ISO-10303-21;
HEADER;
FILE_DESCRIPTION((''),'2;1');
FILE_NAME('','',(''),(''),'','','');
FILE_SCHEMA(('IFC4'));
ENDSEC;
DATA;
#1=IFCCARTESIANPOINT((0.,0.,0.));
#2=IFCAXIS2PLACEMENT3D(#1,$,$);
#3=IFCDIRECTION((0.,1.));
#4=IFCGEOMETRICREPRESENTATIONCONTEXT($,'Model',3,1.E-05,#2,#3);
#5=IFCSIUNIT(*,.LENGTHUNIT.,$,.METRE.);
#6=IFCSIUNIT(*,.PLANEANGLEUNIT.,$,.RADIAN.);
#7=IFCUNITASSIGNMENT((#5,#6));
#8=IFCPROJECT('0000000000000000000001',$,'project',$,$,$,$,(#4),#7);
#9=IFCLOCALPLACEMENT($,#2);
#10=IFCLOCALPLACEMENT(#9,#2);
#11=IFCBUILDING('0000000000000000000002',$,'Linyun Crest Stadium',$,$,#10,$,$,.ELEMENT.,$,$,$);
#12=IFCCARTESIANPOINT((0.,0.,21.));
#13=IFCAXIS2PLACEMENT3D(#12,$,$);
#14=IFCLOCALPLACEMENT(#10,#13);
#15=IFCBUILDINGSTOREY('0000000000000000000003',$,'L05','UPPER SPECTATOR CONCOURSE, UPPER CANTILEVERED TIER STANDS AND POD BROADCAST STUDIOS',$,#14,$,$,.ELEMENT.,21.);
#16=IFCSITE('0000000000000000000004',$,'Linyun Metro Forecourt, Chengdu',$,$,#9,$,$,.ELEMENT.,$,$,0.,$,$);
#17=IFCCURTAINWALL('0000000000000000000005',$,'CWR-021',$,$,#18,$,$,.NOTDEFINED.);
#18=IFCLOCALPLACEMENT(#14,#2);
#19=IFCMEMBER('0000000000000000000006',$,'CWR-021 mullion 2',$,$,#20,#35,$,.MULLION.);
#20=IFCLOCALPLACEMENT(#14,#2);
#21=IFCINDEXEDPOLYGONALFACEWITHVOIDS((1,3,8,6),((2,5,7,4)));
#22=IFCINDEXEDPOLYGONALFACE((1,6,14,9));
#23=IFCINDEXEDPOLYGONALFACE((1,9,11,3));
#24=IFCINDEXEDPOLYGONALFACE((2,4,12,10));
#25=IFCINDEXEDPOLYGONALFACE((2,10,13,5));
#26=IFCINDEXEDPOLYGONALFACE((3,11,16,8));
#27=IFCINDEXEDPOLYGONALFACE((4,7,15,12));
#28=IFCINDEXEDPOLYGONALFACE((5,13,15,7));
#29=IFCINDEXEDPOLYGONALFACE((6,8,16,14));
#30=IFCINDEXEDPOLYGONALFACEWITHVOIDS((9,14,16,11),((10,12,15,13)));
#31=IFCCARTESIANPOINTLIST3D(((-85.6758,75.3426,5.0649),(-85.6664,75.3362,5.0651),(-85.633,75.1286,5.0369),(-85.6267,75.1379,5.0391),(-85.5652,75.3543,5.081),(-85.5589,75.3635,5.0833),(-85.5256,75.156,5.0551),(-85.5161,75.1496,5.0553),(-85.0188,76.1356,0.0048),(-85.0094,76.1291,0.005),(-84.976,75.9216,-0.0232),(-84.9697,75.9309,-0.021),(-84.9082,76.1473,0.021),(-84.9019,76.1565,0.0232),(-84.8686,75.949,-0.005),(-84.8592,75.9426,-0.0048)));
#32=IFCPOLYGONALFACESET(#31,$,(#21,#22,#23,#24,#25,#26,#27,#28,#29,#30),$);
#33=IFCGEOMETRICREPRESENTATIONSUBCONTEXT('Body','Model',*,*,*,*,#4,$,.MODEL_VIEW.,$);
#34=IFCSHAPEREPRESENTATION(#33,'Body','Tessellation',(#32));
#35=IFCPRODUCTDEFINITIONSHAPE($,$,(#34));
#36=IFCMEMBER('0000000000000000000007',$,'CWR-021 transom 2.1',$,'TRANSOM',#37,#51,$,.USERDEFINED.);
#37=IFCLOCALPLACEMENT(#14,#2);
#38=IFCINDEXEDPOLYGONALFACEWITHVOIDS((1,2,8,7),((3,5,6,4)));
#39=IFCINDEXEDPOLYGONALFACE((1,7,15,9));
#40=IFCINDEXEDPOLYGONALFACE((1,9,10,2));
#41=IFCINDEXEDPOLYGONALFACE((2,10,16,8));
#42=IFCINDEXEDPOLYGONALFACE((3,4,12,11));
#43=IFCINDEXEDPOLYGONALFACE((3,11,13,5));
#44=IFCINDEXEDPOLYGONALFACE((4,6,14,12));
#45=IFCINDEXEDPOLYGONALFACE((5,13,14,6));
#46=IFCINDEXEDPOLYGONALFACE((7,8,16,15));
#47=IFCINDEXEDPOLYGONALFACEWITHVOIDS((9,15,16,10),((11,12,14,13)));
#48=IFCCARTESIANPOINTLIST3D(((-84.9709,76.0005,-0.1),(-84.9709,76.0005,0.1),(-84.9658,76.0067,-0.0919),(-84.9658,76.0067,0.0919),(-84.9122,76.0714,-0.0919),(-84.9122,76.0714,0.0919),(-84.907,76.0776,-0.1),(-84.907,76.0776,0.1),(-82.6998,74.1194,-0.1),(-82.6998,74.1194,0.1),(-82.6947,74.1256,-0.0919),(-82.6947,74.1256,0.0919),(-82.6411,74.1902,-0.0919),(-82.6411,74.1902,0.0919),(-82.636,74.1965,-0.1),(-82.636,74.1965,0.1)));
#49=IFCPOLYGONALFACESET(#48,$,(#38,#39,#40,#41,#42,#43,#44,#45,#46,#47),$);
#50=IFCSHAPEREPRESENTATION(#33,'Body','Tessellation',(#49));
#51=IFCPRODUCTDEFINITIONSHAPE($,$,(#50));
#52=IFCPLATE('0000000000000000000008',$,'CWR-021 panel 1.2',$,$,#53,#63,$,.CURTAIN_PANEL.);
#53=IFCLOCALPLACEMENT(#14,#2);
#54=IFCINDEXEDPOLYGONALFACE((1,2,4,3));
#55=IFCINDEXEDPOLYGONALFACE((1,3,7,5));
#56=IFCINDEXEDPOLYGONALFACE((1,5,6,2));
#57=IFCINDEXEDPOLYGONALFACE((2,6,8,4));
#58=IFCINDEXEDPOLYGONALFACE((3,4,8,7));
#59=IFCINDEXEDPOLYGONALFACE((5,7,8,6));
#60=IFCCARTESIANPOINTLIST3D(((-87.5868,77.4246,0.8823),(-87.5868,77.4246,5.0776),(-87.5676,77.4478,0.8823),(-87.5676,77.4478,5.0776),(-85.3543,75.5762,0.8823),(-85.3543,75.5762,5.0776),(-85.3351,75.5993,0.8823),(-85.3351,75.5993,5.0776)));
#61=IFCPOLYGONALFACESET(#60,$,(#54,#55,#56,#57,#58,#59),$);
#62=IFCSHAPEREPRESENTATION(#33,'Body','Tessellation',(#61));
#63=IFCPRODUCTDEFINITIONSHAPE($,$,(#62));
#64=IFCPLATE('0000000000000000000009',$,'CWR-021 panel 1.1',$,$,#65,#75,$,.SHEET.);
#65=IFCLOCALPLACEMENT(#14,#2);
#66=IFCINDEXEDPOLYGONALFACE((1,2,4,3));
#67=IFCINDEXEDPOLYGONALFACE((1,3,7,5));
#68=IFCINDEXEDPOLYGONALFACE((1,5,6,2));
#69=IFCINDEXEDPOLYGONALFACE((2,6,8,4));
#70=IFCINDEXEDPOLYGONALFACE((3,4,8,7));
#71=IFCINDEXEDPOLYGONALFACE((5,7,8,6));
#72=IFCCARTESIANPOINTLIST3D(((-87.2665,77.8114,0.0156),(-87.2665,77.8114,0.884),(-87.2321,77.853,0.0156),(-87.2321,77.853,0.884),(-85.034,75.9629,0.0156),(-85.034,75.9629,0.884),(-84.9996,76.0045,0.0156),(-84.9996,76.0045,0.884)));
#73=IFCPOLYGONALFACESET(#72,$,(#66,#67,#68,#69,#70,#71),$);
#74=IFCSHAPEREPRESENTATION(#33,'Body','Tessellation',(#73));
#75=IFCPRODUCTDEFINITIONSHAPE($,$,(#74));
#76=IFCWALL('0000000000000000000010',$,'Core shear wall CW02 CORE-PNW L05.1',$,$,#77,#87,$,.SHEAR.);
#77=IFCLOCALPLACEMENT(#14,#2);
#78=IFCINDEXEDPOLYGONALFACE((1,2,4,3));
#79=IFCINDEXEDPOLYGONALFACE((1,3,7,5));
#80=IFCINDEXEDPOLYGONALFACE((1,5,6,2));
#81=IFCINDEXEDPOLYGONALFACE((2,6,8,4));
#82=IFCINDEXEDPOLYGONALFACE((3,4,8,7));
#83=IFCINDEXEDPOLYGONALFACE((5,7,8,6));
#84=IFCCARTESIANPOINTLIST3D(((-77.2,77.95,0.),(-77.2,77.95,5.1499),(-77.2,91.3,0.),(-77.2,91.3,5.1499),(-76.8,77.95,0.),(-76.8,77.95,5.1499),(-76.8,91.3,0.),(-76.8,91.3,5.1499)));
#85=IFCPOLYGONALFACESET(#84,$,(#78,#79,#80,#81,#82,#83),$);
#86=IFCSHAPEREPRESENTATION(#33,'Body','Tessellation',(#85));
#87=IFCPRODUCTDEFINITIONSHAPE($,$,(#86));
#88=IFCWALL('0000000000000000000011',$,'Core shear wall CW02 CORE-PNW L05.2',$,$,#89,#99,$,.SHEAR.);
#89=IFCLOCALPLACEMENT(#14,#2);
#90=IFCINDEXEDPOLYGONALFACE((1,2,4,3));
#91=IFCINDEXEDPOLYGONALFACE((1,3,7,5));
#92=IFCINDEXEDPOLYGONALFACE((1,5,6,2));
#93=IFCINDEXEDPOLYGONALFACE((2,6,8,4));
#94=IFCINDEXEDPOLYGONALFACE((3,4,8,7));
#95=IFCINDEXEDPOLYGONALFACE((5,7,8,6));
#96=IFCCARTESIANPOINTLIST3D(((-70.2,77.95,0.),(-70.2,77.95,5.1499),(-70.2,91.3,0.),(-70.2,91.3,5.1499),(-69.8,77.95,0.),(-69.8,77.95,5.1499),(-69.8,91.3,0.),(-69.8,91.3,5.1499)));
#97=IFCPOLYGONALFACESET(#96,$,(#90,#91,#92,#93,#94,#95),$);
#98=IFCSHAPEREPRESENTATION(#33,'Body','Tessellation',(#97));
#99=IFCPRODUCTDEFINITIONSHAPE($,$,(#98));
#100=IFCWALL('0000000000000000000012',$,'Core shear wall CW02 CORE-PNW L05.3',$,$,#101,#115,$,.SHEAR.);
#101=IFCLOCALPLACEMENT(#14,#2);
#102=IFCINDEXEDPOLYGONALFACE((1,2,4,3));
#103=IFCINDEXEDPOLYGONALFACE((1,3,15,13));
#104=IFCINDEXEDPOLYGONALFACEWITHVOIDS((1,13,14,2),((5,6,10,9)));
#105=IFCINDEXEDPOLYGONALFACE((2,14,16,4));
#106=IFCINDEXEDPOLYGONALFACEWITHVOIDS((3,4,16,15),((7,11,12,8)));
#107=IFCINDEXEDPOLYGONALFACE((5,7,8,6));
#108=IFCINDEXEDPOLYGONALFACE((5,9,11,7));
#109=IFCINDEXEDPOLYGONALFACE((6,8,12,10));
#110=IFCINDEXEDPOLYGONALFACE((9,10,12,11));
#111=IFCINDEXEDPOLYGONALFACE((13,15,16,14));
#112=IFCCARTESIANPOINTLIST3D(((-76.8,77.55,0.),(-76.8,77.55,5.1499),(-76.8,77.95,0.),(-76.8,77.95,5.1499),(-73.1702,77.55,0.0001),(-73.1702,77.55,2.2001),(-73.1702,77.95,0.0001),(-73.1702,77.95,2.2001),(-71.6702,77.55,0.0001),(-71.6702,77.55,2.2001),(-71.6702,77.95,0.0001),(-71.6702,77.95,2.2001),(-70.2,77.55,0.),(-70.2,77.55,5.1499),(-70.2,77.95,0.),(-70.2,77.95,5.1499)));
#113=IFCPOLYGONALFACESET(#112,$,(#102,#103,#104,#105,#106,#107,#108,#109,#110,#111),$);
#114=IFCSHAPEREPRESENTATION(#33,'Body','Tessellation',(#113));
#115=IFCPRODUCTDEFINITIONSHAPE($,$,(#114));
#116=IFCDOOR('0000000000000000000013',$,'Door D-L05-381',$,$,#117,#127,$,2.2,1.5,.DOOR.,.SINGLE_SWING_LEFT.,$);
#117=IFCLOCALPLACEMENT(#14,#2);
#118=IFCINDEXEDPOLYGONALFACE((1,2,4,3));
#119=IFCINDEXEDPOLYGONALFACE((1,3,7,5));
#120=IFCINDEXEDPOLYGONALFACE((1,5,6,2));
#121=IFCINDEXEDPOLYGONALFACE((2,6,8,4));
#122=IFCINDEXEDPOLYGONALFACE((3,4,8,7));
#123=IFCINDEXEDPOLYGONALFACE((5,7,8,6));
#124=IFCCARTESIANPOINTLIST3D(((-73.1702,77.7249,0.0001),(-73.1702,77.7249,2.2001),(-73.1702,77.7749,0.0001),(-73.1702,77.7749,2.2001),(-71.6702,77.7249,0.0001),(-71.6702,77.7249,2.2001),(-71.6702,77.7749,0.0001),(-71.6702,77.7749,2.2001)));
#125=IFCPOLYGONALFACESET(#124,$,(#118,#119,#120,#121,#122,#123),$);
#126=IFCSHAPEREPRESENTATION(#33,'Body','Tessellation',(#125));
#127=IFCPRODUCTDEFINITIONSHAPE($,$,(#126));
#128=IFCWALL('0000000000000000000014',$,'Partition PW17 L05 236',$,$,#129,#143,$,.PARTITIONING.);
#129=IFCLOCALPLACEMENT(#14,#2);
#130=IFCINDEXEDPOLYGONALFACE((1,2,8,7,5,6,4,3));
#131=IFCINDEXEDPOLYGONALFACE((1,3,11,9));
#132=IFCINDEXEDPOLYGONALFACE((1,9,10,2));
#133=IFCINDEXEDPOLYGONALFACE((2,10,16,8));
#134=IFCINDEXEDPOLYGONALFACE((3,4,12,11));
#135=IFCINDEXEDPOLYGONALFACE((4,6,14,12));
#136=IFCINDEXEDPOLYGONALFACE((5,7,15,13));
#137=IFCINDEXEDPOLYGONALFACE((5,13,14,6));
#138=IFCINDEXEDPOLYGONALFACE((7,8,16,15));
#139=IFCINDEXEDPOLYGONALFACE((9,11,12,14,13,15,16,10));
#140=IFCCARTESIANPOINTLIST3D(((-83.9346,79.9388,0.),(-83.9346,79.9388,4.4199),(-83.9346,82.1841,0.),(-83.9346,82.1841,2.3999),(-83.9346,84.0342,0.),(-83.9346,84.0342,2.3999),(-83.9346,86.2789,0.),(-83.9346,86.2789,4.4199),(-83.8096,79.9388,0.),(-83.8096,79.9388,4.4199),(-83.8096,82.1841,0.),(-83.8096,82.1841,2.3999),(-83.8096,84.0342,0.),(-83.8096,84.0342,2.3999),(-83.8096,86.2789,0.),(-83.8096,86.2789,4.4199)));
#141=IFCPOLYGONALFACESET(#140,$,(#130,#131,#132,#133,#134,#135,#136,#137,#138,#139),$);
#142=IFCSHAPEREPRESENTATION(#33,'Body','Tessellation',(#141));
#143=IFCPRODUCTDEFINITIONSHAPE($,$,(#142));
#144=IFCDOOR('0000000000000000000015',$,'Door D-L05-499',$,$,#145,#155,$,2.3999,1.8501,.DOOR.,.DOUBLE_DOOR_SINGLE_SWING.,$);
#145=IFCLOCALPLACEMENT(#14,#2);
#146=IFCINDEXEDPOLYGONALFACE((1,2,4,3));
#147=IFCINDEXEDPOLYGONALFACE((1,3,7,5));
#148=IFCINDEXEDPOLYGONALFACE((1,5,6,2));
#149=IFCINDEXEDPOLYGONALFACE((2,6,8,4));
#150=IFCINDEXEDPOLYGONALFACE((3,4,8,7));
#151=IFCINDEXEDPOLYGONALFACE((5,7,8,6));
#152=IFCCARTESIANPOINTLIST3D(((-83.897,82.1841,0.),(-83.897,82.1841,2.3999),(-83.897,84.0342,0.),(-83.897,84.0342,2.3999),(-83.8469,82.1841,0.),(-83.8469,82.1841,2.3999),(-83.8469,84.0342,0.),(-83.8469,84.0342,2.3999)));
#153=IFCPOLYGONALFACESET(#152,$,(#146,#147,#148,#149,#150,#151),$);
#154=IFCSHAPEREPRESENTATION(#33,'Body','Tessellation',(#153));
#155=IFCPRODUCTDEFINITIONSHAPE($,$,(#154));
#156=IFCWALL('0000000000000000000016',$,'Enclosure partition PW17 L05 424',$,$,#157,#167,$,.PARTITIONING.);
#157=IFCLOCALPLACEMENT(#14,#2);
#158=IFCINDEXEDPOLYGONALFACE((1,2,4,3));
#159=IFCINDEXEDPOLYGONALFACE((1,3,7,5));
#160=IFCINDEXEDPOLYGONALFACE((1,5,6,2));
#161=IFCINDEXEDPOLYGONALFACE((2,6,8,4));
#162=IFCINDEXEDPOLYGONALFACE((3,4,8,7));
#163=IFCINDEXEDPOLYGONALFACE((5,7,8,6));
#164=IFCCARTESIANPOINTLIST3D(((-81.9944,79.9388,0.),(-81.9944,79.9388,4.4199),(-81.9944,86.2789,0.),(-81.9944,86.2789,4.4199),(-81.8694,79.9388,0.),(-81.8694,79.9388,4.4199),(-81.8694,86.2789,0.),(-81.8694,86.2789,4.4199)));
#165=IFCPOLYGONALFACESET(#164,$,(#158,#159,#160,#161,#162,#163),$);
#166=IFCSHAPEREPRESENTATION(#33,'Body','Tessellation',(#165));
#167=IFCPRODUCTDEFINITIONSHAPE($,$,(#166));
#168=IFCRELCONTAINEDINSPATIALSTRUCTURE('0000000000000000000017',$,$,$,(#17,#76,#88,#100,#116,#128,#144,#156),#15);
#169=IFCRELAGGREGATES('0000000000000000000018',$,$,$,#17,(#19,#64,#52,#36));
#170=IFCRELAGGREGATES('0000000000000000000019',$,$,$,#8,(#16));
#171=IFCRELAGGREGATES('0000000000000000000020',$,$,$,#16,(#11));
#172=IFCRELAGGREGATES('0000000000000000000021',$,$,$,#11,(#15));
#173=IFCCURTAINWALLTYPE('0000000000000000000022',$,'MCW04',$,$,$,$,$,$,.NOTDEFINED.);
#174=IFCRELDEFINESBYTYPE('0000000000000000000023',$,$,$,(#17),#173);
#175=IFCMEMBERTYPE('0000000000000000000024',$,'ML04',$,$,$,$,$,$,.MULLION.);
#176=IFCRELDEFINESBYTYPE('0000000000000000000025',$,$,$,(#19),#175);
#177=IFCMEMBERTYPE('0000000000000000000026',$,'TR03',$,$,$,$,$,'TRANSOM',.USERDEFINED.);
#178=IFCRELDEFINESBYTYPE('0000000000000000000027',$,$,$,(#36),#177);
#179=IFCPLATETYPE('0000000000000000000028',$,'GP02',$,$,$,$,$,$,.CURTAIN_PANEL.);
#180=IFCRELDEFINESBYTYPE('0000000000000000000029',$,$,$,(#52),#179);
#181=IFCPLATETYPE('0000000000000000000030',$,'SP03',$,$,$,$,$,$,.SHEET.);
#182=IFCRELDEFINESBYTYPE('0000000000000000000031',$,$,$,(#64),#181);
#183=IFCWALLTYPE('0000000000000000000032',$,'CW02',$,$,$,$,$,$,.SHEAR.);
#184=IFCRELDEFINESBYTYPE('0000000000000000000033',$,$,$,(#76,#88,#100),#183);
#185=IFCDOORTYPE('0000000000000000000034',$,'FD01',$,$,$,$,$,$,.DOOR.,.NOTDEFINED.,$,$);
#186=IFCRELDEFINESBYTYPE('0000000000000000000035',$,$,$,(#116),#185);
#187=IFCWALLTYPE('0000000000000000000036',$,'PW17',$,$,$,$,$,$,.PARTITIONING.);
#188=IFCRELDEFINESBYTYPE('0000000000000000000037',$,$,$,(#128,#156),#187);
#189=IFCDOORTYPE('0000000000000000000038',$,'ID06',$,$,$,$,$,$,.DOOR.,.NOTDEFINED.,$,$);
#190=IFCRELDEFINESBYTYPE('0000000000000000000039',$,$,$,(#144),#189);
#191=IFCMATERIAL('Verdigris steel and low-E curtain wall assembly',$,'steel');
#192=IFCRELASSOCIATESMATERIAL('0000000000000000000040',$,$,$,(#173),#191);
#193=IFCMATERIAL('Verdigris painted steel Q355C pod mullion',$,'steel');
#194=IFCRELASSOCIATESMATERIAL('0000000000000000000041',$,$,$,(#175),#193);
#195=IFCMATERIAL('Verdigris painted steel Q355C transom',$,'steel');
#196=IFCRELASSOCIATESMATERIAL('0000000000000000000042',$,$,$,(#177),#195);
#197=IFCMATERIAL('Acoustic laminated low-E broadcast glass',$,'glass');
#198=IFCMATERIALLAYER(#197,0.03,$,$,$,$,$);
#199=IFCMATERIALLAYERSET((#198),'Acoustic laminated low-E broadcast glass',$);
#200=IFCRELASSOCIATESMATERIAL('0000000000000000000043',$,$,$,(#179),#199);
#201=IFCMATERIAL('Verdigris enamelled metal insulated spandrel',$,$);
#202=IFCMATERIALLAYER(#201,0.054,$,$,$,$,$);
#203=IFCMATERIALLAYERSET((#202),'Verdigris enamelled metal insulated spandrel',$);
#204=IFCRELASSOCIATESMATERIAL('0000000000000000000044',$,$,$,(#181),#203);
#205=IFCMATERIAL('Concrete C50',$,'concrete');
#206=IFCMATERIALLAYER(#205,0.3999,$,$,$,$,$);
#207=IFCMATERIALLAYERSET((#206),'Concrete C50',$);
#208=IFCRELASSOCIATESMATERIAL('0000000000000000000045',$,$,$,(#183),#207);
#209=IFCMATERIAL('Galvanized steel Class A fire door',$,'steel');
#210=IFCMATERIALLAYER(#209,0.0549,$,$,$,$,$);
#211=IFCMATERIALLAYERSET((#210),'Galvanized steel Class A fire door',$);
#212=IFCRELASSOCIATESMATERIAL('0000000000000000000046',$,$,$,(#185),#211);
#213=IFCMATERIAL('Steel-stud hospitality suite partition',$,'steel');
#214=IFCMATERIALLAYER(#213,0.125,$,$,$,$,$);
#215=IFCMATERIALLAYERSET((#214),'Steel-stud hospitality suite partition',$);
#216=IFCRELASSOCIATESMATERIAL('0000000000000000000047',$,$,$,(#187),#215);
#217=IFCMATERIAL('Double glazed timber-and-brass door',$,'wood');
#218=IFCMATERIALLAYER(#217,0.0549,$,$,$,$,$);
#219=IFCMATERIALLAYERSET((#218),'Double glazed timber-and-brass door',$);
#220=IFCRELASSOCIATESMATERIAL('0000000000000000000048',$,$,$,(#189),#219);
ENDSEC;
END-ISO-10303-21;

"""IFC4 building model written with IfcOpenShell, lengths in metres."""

from ifc_helpers import new_model, si_unit, direction, frame, frame_2d, origin, origin_2d, place, context, subcontext, project, spatial, rectangle, hollow_rectangle, extrude, material, layer, layer_set, material_profile, profile_set, type_object, element, fill, aggregate, save


model = new_model("IFC4")

# Units and contexts
model_context = context("Model", 3, precision=1e-05, world=origin(), true_north=direction((0.0, 1.0)))
body_context = subcontext(model_context, "Body", "Model", "MODEL_VIEW")
ifc_project = project(units=[si_unit("LENGTHUNIT", "METRE"), si_unit("PLANEANGLEUNIT", "RADIAN")], contexts=[model_context])

# Site, building, storey
site_placement = place(None, origin())
site = spatial("IfcSite", under=ifc_project, at=site_placement, Name="Linyun Metro Forecourt, Chengdu", CompositionType="ELEMENT", RefElevation=0.0)
building_placement = place(site_placement, origin())
building = spatial("IfcBuilding", under=site, at=building_placement, Name="Linyun Crest Stadium", CompositionType="ELEMENT")
storey_placement = place(building_placement, frame((0.0, 0.0, 21.0)))
storey = spatial("IfcBuildingStorey", under=building, at=storey_placement, Name="L05", Description="UPPER SPECTATOR CONCOURSE, UPPER CANTILEVERED TIER STANDS AND POD BROADCAST STUDIOS", CompositionType="ELEMENT", Elevation=21.0)

# Curtain wall, members, plates
ifc_material_1 = material(Name="Verdigris steel and low-E curtain wall assembly", Category="steel")
curtain_wall_type = type_object("IfcCurtainWallType", Name="MCW04", PredefinedType="NOTDEFINED", material=ifc_material_1)
curtain_wall_placement = place(storey_placement, origin())
curtain_wall = element("IfcCurtainWall", 1, at=curtain_wall_placement, inside=storey, type_object=curtain_wall_type, Name="CWR-021", PredefinedType="NOTDEFINED")
ifc_material_2 = material(Name="Verdigris painted steel Q355C pod mullion", Category="steel")
ifc_material_profile_1 = material_profile(ifc_material_2, hollow_rectangle(XDim=0.1201, YDim=0.22, WallThickness=0.0081, at=origin_2d()), Name="RHS 220x120x8")
ifc_profile_set_1 = profile_set([ifc_material_profile_1], Name="Verdigris painted steel Q355C pod mullion")
member_type_1 = type_object("IfcMemberType", Name="ML04", PredefinedType="MULLION", material=ifc_profile_set_1)
member_1_placement = place(storey_placement, frame((-84.939, 76.0391, 0.0), z_axis=(-0.127229, -0.153564, 0.979914), x_axis=(0.972619, 0.174403, 0.153613)))
member_1 = element("IfcMember", 2, at=member_1_placement, type_object=member_type_1, Name="CWR-021 mullion 2", PredefinedType="MULLION", context=body_context, shape_type="SweptSolid", body=[
    extrude(hollow_rectangle(XDim=0.1201, YDim=0.22, WallThickness=0.0081, at=origin_2d()), origin(), (0.0, 0.0, 1.0), 5.1638),
])
ifc_material_3 = material(Name="Verdigris painted steel Q355C transom", Category="steel")
ifc_material_profile_2 = material_profile(ifc_material_3, hollow_rectangle(XDim=0.1001, YDim=0.2, WallThickness=0.0081, at=origin_2d()), Name="RHS 200x100x8")
ifc_profile_set_2 = profile_set([ifc_material_profile_2], Name="Verdigris painted steel Q355C transom")
member_type_2 = type_object("IfcMemberType", Name="TR03", ElementType="TRANSOM", PredefinedType="USERDEFINED", material=ifc_profile_set_2)
member_2_placement = place(storey_placement, frame((-84.939, 76.0391, 0.0), z_axis=(0.770118, -0.637901, 0.0), x_axis=(0.637901, 0.770118, 0.0)))
member_2 = element("IfcMember", 3, at=member_2_placement, type_object=member_type_2, Name="CWR-021 transom 2.1", ObjectType="TRANSOM", PredefinedType="USERDEFINED", context=body_context, shape_type="SweptSolid", body=[
    extrude(hollow_rectangle(XDim=0.1001, YDim=0.2, WallThickness=0.0081, at=origin_2d()), origin(), (0.0, 0.0, 1.0), 2.949),
])
ifc_material_4 = material(Name="Acoustic laminated low-E broadcast glass", Category="glass")
ifc_layer_1 = layer(ifc_material_4, 0.03)
ifc_layer_set_1 = layer_set([ifc_layer_1], Name="Acoustic laminated low-E broadcast glass")
plate_type_1 = type_object("IfcPlateType", Name="GP02", PredefinedType="CURTAIN_PANEL", material=ifc_layer_set_1)
plate_1_placement = place(storey_placement, frame((-86.4609, 76.512, 0.8823), z_axis=(0.0, 0.0, 1.0), x_axis=(0.770246, -0.637747, 0.0)))
plate_1 = element("IfcPlate", 4, at=plate_1_placement, type_object=plate_type_1, Name="CWR-021 panel 1.2", PredefinedType="CURTAIN_PANEL", context=body_context, shape_type="SweptSolid", body=[
    extrude(rectangle(XDim=2.8984, YDim=0.03, at=origin_2d()), origin(), (0.0, 0.0, 1.0), 4.1953),
])
ifc_material_5 = material(Name="Verdigris enamelled metal insulated spandrel")
ifc_layer_2 = layer(ifc_material_5, 0.054)
ifc_layer_set_2 = layer_set([ifc_layer_2], Name="Verdigris enamelled metal insulated spandrel")
plate_type_2 = type_object("IfcPlateType", Name="SP03", PredefinedType="SHEET", material=ifc_layer_set_2)
plate_2_placement = place(storey_placement, frame((-86.1331, 76.908, 0.0156), z_axis=(0.0, 0.0, 1.0), x_axis=(0.770246, -0.637747, 0.0)))
plate_2 = element("IfcPlate", 5, at=plate_2_placement, type_object=plate_type_2, Name="CWR-021 panel 1.1", PredefinedType="SHEET", context=body_context, shape_type="SweptSolid", body=[
    extrude(rectangle(XDim=2.8984, YDim=0.054, at=origin_2d()), origin(), (0.0, 0.0, 1.0), 0.8684),
])
aggregate(curtain_wall, [member_1, plate_2, plate_1, member_2])

# Walls
ifc_material_6 = material(Name="Concrete C50", Category="concrete")
ifc_layer_3 = layer(ifc_material_6, 0.3999)
ifc_layer_set_3 = layer_set([ifc_layer_3], Name="Concrete C50")
wall_type_1 = type_object("IfcWallType", Name="CW02", PredefinedType="SHEAR", material=ifc_layer_set_3)
for number, where, z_axis, x_axis, name in (
    (6, (-77.0, 77.95, 0.0), (0.0, 0.0, 1.0), (0.0, 1.0, 0.0), "Core shear wall CW02 CORE-PNW L05.1"),
    (7, (-70.0, 77.95, 0.0), (0.0, 0.0, 1.0), (0.0, 1.0, 0.0), "Core shear wall CW02 CORE-PNW L05.2"),
):
    element("IfcWall", number, at=place(storey_placement, frame(where, z_axis=z_axis, x_axis=x_axis)), inside=storey, type_object=wall_type_1, Name=name, PredefinedType="SHEAR", context=body_context, shape_type="SweptSolid", body=[
        extrude(rectangle(XDim=13.3501, YDim=0.3999, at=frame_2d((6.675, 0.0))), origin(), (0.0, 0.0, 1.0), 5.1499),
    ])

# Walls, openings, doors
wall_1_placement = place(storey_placement, frame((-76.8, 77.75, 0.0), z_axis=(0.0, 0.0, 1.0), x_axis=(1.0, 0.0, 0.0)))
wall_1 = element("IfcWall", 8, at=wall_1_placement, inside=storey, type_object=wall_type_1, Name="Core shear wall CW02 CORE-PNW L05.3", PredefinedType="SHEAR", context=body_context, shape_type="SweptSolid", body=[
    extrude(rectangle(XDim=6.6001, YDim=0.3999, at=frame_2d((3.3, 0.0))), origin(), (0.0, 0.0, 1.0), 5.1499),
])
opening_1_placement = place(wall_1_placement, frame((3.6299, 0.0, 0.0)))
opening_1 = element("IfcOpeningElement", 9, at=opening_1_placement, cuts=wall_1, PredefinedType="OPENING", context=body_context, shape_type="SweptSolid", body=[
    extrude(rectangle(XDim=1.5, YDim=2.2, at=frame_2d((0.75, 1.1001))), frame((0.0, 0.21, 0.0), z_axis=(0.0, -1.0, 0.0), x_axis=(1.0, 0.0, 0.0)), (0.0, 0.0, 1.0), 0.4199),
])
ifc_material_7 = material(Name="Galvanized steel Class A fire door", Category="steel")
ifc_layer_4 = layer(ifc_material_7, 0.0549)
ifc_layer_set_4 = layer_set([ifc_layer_4], Name="Galvanized steel Class A fire door")
door_type_1 = type_object("IfcDoorType", Name="FD01", OperationType="NOTDEFINED", PredefinedType="DOOR", material=ifc_layer_set_4)
door_1_placement = place(opening_1_placement, origin())
door_1 = element("IfcDoor", 10, at=door_1_placement, inside=storey, type_object=door_type_1, Name="Door D-L05-381", OperationType="SINGLE_SWING_LEFT", OverallHeight=2.2, OverallWidth=1.5, PredefinedType="DOOR", context=body_context, shape_type="SweptSolid", body=[
    extrude(rectangle(XDim=1.5, YDim=2.2, at=frame_2d((0.75, 1.1001))), frame((0.0, 0.0249, 0.0), z_axis=(0.0, -1.0, 0.0), x_axis=(1.0, 0.0, 0.0)), (0.0, 0.0, 1.0), 0.05),
])
fill(opening_1, door_1)
ifc_material_8 = material(Name="Steel-stud hospitality suite partition", Category="steel")
ifc_layer_5 = layer(ifc_material_8, 0.125)
ifc_layer_set_5 = layer_set([ifc_layer_5], Name="Steel-stud hospitality suite partition")
wall_type_2 = type_object("IfcWallType", Name="PW17", PredefinedType="PARTITIONING", material=ifc_layer_set_5)
wall_2_placement = place(storey_placement, frame((-83.8721, 79.939, 0.0), z_axis=(0.0, 0.0, 1.0), x_axis=(0.0, 1.0, 0.0)))
wall_2 = element("IfcWall", 11, at=wall_2_placement, inside=storey, type_object=wall_type_2, Name="Partition PW17 L05 236", PredefinedType="PARTITIONING", context=body_context, shape_type="SweptSolid", body=[
    extrude(rectangle(XDim=6.3401, YDim=0.125, at=frame_2d((3.1699, 0.0))), origin(), (0.0, 0.0, 1.0), 4.4199),
])
opening_2_placement = place(wall_2_placement, frame((2.2451, 0.0, 0.0)))
opening_2 = element("IfcOpeningElement", 12, at=opening_2_placement, cuts=wall_2, PredefinedType="OPENING", context=body_context, shape_type="SweptSolid", body=[
    extrude(rectangle(XDim=1.8501, YDim=2.3999, at=frame_2d((0.925, 1.2))), frame((0.0, 0.0725, 0.0), z_axis=(0.0, -1.0, 0.0), x_axis=(1.0, 0.0, 0.0)), (0.0, 0.0, 1.0), 0.145),
])
ifc_material_9 = material(Name="Double glazed timber-and-brass door", Category="wood")
ifc_layer_6 = layer(ifc_material_9, 0.0549)
ifc_layer_set_6 = layer_set([ifc_layer_6], Name="Double glazed timber-and-brass door")
door_type_2 = type_object("IfcDoorType", Name="ID06", OperationType="NOTDEFINED", PredefinedType="DOOR", material=ifc_layer_set_6)
door_2_placement = place(opening_2_placement, origin())
door_2 = element("IfcDoor", 13, at=door_2_placement, inside=storey, type_object=door_type_2, Name="Door D-L05-499", OperationType="DOUBLE_DOOR_SINGLE_SWING", OverallHeight=2.3999, OverallWidth=1.8501, PredefinedType="DOOR", context=body_context, shape_type="SweptSolid", body=[
    extrude(rectangle(XDim=1.8501, YDim=2.3999, at=frame_2d((0.925, 1.2))), frame((0.0, 0.0249, 0.0), z_axis=(0.0, -1.0, 0.0), x_axis=(1.0, 0.0, 0.0)), (0.0, 0.0, 1.0), 0.05),
])
fill(opening_2, door_2)

# Wall
wall_3_placement = place(storey_placement, frame((-81.9319, 79.939, 0.0), z_axis=(0.0, 0.0, 1.0), x_axis=(0.0, 1.0, 0.0)))
element("IfcWall", 14, at=wall_3_placement, inside=storey, type_object=wall_type_2, Name="Enclosure partition PW17 L05 424", PredefinedType="PARTITIONING", context=body_context, shape_type="SweptSolid", body=[
    extrude(rectangle(XDim=6.3401, YDim=0.125, at=frame_2d((3.1699, 0.0))), origin(), (0.0, 0.0, 1.0), 4.4199),
])

save(model, "model.ifc")
